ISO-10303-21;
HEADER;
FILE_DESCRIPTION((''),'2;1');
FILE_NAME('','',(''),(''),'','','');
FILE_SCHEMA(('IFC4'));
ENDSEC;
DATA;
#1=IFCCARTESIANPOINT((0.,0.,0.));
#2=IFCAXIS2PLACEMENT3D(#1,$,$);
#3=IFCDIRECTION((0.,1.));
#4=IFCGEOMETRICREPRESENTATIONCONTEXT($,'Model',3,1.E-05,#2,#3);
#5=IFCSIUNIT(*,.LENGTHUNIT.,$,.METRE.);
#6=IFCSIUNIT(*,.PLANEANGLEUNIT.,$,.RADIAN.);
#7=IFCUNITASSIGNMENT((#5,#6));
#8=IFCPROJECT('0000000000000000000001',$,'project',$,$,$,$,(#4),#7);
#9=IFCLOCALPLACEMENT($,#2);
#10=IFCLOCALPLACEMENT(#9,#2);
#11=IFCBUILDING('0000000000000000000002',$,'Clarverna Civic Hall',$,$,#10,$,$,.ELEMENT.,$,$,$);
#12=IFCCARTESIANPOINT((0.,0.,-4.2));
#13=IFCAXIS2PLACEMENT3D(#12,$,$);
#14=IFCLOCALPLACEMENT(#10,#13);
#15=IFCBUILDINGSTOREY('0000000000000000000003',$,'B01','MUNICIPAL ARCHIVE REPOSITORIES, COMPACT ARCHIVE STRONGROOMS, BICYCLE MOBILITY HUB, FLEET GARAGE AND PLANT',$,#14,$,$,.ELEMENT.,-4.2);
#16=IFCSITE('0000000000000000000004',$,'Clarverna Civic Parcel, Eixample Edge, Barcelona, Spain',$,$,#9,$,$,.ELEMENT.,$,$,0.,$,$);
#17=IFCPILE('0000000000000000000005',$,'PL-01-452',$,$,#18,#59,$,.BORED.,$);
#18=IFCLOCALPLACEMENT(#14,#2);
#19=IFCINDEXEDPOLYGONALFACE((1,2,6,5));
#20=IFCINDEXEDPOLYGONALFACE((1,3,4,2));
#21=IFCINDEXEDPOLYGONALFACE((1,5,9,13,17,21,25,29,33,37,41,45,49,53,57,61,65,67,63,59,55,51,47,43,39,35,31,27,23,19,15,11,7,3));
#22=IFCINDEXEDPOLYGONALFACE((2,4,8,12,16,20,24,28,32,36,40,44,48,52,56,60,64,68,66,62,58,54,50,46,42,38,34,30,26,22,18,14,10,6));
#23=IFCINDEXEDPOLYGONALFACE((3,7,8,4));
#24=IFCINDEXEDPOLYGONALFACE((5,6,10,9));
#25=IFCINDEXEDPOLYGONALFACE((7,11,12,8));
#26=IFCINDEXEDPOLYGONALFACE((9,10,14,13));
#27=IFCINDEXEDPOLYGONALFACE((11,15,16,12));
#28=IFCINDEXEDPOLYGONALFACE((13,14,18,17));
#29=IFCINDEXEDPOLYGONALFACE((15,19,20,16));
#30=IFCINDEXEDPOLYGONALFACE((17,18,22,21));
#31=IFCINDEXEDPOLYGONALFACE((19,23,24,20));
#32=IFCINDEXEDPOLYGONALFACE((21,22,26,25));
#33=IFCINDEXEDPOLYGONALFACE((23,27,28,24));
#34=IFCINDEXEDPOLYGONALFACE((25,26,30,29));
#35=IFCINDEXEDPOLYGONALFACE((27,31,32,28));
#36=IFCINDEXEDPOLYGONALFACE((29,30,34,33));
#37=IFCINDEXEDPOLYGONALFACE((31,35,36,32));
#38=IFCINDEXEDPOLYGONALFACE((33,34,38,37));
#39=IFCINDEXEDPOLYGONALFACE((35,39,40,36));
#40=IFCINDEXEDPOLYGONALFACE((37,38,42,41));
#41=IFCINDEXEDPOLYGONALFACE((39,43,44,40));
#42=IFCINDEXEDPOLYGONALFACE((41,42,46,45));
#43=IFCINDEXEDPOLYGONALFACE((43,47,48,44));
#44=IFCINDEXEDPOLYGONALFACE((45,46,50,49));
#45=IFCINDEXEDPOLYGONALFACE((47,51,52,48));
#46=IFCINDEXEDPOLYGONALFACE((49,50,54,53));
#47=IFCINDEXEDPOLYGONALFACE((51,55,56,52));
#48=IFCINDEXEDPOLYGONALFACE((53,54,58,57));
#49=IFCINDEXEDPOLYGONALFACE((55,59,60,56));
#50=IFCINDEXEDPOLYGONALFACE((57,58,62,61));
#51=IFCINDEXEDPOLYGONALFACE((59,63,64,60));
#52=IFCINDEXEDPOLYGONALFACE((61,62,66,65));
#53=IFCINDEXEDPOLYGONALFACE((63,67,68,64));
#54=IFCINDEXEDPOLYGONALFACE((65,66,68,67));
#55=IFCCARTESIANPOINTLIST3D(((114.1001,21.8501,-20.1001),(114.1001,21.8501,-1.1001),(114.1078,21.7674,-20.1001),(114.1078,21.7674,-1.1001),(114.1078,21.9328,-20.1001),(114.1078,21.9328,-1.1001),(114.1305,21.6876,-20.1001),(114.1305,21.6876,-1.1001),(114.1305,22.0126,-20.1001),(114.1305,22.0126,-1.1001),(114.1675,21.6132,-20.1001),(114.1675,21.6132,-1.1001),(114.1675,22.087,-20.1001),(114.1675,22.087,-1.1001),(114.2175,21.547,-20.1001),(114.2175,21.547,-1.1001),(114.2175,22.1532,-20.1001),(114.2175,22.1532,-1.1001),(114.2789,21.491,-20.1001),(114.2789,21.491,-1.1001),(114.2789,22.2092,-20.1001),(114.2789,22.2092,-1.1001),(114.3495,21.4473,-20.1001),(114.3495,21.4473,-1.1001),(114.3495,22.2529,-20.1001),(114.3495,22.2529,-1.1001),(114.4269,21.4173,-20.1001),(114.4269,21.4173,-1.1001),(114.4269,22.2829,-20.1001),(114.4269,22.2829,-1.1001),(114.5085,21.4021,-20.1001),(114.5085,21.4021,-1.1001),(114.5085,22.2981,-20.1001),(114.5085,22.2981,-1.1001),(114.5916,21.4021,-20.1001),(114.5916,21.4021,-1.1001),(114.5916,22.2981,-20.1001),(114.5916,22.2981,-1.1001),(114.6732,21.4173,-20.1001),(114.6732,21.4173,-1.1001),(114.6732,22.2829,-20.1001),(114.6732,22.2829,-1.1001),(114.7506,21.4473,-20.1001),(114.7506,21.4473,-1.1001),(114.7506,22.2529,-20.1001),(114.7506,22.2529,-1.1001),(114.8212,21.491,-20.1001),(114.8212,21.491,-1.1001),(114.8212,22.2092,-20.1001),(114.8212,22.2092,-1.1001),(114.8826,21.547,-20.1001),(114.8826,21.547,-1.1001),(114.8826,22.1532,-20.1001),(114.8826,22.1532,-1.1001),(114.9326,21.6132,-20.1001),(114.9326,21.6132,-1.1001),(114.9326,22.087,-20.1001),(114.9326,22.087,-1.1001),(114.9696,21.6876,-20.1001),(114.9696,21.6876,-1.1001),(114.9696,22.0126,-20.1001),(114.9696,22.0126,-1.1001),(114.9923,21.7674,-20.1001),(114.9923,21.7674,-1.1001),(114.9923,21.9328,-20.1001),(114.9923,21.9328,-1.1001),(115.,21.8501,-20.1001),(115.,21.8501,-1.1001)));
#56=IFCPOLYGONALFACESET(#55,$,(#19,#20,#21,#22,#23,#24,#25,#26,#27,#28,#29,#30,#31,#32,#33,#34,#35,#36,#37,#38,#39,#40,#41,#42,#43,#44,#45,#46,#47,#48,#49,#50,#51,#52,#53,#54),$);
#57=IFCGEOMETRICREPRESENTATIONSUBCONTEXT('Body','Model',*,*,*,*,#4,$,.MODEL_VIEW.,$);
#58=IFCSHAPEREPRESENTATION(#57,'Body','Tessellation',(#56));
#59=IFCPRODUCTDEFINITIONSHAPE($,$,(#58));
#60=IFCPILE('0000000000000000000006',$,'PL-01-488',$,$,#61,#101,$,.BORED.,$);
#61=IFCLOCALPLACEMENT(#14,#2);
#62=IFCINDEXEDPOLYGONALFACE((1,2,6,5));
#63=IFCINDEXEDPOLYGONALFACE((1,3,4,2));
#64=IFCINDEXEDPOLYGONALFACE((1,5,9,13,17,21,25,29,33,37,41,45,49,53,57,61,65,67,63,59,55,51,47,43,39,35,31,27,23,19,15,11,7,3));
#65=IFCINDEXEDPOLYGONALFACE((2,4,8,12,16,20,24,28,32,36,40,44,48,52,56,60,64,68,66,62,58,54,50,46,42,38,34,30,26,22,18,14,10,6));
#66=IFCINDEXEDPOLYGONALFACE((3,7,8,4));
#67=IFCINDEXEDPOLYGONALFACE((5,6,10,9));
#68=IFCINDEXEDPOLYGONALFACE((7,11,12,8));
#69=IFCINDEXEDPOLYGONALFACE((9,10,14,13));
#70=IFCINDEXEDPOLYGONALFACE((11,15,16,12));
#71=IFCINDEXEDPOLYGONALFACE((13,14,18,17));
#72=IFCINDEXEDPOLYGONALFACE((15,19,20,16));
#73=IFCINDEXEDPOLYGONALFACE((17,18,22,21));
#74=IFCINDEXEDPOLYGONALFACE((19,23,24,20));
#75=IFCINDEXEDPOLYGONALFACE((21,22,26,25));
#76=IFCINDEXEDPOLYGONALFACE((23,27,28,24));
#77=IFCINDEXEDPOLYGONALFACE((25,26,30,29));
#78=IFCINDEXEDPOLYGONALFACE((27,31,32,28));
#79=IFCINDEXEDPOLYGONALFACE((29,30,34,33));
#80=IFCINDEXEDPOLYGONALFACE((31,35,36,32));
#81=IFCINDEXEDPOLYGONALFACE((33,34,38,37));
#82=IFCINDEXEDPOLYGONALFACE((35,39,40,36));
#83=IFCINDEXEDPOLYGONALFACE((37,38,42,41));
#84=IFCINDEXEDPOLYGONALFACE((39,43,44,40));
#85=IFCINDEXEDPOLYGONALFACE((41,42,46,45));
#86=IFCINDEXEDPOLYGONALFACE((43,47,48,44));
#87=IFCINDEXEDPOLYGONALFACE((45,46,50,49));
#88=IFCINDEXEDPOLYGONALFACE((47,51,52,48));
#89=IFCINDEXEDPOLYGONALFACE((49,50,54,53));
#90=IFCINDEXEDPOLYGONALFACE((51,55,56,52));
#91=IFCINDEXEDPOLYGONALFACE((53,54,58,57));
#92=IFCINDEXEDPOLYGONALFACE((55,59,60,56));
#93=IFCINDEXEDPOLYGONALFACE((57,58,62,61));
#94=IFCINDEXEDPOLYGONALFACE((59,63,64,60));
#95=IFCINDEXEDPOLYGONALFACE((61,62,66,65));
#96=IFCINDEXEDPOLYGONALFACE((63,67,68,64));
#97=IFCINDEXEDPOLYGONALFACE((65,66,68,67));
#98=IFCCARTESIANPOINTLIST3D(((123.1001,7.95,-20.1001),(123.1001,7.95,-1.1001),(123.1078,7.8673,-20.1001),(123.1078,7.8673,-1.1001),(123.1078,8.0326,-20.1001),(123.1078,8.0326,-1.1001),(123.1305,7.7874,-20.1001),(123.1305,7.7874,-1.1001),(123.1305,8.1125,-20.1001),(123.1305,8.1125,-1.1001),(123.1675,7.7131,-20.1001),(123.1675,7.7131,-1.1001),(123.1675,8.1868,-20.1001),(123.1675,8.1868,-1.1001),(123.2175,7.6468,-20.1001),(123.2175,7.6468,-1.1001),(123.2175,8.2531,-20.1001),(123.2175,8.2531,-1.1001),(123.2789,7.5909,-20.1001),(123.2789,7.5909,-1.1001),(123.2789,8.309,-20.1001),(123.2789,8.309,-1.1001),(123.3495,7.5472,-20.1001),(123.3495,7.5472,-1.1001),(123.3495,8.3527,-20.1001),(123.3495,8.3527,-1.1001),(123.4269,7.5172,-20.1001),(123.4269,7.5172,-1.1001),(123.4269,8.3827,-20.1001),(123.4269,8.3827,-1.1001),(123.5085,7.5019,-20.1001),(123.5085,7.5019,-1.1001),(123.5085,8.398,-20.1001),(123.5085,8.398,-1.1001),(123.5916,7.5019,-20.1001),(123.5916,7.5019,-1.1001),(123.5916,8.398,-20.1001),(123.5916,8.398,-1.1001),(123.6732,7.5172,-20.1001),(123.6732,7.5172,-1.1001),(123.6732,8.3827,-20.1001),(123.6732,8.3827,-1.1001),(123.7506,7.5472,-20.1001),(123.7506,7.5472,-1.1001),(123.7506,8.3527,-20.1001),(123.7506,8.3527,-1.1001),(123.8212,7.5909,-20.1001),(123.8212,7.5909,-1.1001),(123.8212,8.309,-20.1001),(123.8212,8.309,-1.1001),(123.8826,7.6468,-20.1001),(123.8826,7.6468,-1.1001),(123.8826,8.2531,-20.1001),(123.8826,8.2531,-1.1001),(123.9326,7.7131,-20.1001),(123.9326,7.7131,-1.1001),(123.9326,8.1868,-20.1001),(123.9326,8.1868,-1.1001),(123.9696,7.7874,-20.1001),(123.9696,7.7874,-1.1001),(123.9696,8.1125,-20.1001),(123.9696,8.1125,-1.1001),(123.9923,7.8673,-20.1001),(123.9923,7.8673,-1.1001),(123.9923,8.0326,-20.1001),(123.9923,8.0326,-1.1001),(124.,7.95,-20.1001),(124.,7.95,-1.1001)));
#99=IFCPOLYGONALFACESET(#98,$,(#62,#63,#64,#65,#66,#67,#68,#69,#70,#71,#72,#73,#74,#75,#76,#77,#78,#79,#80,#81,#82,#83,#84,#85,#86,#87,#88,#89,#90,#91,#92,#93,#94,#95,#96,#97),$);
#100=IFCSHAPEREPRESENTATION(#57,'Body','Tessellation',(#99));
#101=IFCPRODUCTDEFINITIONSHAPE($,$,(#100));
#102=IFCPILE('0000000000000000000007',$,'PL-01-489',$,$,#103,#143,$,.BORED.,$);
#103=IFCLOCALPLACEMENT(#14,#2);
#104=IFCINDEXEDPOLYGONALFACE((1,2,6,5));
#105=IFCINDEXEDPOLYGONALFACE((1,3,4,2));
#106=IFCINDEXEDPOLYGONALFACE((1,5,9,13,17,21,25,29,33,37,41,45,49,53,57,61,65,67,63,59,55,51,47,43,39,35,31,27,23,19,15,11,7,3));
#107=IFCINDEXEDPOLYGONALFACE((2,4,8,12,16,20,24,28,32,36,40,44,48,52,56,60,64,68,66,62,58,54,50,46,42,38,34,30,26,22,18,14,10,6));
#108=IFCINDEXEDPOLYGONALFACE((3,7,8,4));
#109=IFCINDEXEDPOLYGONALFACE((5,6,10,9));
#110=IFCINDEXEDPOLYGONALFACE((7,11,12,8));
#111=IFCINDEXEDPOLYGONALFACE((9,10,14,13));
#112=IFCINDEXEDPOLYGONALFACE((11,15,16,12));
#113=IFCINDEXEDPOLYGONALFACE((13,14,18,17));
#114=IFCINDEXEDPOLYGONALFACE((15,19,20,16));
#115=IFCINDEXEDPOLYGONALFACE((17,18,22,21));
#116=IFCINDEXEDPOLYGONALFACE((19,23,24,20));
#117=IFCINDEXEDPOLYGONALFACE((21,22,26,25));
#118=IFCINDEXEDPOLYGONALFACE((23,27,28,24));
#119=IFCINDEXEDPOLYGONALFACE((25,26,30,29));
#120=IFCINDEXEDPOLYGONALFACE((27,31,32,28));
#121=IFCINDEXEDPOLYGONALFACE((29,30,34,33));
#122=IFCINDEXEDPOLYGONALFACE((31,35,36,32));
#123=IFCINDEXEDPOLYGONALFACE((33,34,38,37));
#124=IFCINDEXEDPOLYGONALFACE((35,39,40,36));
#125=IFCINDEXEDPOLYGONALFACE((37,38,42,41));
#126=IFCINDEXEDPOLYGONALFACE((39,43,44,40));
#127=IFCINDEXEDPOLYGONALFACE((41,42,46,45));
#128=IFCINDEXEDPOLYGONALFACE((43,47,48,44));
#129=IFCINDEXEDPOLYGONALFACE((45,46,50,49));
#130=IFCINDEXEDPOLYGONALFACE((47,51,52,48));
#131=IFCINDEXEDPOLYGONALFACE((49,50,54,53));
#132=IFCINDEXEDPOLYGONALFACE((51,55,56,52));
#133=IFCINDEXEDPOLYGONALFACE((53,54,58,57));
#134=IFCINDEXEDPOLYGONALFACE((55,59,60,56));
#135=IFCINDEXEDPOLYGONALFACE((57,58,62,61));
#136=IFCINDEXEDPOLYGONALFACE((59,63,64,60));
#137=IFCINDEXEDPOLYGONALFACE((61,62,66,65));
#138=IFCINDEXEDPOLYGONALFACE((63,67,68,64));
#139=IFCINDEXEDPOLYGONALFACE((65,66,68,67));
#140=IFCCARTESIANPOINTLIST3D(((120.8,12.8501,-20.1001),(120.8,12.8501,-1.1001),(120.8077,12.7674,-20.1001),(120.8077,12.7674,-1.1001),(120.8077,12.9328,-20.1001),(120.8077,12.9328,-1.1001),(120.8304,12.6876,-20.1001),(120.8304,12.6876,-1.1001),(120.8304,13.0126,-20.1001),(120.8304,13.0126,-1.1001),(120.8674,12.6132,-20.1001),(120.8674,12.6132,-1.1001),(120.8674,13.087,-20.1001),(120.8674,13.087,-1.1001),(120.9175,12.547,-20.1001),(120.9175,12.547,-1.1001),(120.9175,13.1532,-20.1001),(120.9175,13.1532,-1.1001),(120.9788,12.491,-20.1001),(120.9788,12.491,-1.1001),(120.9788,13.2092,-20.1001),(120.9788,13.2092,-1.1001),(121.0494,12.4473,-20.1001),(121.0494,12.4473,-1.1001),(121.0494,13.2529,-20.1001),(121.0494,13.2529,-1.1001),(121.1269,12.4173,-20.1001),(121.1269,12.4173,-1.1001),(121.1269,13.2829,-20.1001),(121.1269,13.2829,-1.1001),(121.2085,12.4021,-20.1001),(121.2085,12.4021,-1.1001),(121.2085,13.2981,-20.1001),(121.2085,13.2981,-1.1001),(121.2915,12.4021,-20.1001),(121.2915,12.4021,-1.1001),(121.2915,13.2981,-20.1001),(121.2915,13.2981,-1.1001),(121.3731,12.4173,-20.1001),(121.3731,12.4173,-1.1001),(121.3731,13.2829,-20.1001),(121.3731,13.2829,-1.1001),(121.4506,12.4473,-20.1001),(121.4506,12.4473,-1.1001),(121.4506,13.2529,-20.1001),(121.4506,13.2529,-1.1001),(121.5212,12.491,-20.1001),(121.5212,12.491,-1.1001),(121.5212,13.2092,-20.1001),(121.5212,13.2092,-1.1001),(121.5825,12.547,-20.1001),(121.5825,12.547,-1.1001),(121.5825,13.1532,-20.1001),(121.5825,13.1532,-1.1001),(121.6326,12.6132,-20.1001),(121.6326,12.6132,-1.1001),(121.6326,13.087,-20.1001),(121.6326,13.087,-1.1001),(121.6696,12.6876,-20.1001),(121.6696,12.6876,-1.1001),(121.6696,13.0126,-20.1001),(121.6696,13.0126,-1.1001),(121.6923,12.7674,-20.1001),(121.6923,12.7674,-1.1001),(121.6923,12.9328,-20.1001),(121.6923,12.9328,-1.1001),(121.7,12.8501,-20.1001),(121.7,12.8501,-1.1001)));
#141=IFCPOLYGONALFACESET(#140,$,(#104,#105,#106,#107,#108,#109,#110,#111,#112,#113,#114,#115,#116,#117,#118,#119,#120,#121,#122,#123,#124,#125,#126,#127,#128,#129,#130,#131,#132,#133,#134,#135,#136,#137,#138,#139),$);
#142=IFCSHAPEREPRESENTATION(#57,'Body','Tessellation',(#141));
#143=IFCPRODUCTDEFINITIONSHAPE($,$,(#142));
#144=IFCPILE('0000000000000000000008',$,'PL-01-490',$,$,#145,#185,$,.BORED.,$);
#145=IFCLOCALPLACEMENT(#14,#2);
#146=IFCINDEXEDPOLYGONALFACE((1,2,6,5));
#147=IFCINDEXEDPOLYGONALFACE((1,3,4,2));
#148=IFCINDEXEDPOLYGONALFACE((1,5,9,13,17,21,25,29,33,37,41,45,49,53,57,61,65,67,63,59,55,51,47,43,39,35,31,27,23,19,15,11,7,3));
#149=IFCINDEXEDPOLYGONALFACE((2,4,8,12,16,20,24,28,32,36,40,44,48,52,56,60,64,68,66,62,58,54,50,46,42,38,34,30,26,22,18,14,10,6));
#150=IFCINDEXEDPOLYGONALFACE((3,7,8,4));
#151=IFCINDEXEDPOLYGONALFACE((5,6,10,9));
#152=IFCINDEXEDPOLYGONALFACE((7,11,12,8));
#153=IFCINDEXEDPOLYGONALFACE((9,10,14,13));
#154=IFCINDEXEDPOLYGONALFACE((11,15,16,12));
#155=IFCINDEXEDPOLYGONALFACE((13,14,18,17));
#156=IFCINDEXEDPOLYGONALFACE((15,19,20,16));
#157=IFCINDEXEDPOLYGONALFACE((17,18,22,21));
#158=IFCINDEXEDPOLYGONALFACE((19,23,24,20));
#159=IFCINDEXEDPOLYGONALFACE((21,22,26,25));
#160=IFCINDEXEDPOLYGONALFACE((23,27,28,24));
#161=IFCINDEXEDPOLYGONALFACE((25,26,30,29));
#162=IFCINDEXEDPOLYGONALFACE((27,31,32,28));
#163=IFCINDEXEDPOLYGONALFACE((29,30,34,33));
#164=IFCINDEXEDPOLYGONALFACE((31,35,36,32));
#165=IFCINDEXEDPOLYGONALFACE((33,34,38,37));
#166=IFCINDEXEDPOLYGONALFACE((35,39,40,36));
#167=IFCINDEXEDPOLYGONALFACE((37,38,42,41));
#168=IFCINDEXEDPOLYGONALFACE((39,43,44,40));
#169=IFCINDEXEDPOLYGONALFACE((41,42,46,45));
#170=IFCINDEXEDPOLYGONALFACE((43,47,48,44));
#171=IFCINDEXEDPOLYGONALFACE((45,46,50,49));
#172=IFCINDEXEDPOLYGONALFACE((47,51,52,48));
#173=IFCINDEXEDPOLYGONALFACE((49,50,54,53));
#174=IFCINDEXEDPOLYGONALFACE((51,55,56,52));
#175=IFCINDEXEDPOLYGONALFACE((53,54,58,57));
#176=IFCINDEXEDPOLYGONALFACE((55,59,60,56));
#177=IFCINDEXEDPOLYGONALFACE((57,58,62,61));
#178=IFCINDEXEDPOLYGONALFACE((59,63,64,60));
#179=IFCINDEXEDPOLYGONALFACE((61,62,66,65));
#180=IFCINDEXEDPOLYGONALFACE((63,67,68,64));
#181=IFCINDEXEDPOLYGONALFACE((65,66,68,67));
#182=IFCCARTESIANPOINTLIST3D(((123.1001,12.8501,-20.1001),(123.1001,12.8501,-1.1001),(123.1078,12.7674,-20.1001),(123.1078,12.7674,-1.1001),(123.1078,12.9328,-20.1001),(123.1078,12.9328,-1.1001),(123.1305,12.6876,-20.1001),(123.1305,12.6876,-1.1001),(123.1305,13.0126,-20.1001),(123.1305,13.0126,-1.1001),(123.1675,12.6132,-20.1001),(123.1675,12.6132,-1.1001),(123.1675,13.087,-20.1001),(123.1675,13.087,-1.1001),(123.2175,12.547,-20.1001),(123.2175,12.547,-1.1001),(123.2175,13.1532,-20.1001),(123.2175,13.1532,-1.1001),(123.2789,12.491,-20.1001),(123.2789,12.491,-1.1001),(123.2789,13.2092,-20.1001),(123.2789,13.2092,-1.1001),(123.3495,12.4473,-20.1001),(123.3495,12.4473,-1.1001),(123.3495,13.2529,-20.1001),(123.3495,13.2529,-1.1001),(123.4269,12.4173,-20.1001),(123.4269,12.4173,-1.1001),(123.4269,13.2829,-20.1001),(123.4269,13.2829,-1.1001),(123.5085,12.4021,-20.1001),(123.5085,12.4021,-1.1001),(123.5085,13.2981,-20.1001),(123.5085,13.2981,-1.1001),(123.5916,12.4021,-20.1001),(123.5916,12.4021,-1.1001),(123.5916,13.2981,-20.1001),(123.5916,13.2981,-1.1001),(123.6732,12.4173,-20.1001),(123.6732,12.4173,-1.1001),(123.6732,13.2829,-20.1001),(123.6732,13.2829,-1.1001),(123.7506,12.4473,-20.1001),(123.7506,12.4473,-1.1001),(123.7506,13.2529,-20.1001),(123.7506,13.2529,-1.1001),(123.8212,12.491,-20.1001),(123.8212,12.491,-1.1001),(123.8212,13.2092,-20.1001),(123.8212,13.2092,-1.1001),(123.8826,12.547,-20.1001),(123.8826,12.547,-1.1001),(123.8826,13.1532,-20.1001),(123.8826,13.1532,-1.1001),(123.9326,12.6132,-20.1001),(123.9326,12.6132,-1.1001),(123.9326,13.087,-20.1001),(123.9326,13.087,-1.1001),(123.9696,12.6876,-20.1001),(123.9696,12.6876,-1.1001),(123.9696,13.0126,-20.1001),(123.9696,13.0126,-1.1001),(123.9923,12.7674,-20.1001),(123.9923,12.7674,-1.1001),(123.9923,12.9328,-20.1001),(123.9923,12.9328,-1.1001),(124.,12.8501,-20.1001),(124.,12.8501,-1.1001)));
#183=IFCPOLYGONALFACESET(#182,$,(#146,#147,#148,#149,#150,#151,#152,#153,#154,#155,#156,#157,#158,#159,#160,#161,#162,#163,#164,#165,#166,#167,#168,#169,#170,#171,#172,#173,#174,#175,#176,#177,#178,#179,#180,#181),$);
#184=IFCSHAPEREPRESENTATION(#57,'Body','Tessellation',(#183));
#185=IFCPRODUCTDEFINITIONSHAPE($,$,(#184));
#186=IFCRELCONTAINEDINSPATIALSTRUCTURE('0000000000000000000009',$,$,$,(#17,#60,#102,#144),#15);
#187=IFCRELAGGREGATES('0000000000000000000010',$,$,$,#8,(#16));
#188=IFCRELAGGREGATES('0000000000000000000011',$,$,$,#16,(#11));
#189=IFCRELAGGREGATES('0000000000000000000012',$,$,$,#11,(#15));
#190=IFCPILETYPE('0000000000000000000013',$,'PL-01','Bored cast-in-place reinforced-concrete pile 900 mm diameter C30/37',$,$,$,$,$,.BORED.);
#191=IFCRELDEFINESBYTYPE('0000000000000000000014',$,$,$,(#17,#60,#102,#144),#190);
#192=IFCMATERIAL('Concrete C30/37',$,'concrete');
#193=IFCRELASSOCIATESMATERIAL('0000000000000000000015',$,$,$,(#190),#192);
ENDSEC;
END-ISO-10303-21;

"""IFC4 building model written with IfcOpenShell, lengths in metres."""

from ifc_helpers import new_model, si_unit, direction, frame, origin, origin_2d, place, context, subcontext, project, spatial, circle, extrude, material, material_profile, profile_set, type_object, element, save


model = new_model("IFC4")

# Units and contexts
model_context = context("Model", 3, precision=1e-05, world=origin(), true_north=direction((0.0, 1.0)))
body_context = subcontext(model_context, "Body", "Model", "MODEL_VIEW")
ifc_project = project(units=[si_unit("LENGTHUNIT", "METRE"), si_unit("PLANEANGLEUNIT", "RADIAN")], contexts=[model_context])

# Site, building, storey
site_placement = place(None, origin())
site = spatial("IfcSite", under=ifc_project, at=site_placement, Name="Clarverna Civic Parcel, Eixample Edge, Barcelona, Spain", CompositionType="ELEMENT", RefElevation=0.0)
building_placement = place(site_placement, origin())
building = spatial("IfcBuilding", under=site, at=building_placement, Name="Clarverna Civic Hall", CompositionType="ELEMENT")
storey_placement = place(building_placement, frame((0.0, 0.0, -4.2)))
storey = spatial("IfcBuildingStorey", under=building, at=storey_placement, Name="B01", Description="MUNICIPAL ARCHIVE REPOSITORIES, COMPACT ARCHIVE STRONGROOMS, BICYCLE MOBILITY HUB, FLEET GARAGE AND PLANT", CompositionType="ELEMENT", Elevation=-4.2)

# Shared definitions
ifc_material_1 = material(Name="Concrete C30/37", Category="concrete")

# Piles
ifc_material_profile_1 = material_profile(ifc_material_1, circle(Radius=0.45, at=origin_2d()), Name="BORED PILE D900")
ifc_profile_set_1 = profile_set([ifc_material_profile_1], Name="Concrete C30/37")
pile_type = type_object("IfcPileType", Name="PL-01", Description="Bored cast-in-place reinforced-concrete pile 900 mm diameter C30/37", PredefinedType="BORED", material=ifc_profile_set_1)
for number, where, z_axis, x_axis, name in (
    (1, (114.55, 21.8501, -1.1001), (0.0, 0.0, -1.0), (1.0, 0.0, 0.0), "PL-01-452"),
    (2, (123.55, 7.95, -1.1001), (0.0, 0.0, -1.0), (1.0, 0.0, 0.0), "PL-01-488"),
    (3, (121.25, 12.8501, -1.1001), (0.0, 0.0, -1.0), (1.0, 0.0, 0.0), "PL-01-489"),
    (4, (123.55, 12.8501, -1.1001), (0.0, 0.0, -1.0), (1.0, 0.0, 0.0), "PL-01-490"),
):
    element("IfcPile", number, at=place(storey_placement, frame(where, z_axis=z_axis, x_axis=x_axis)), inside=storey, type_object=pile_type, Name=name, PredefinedType="BORED", context=body_context, shape_type="SweptSolid", body=[
        extrude(circle(Radius=0.45, at=origin_2d()), origin(), (0.0, 0.0, 1.0), 19.0),
    ])

save(model, "model.ifc")
